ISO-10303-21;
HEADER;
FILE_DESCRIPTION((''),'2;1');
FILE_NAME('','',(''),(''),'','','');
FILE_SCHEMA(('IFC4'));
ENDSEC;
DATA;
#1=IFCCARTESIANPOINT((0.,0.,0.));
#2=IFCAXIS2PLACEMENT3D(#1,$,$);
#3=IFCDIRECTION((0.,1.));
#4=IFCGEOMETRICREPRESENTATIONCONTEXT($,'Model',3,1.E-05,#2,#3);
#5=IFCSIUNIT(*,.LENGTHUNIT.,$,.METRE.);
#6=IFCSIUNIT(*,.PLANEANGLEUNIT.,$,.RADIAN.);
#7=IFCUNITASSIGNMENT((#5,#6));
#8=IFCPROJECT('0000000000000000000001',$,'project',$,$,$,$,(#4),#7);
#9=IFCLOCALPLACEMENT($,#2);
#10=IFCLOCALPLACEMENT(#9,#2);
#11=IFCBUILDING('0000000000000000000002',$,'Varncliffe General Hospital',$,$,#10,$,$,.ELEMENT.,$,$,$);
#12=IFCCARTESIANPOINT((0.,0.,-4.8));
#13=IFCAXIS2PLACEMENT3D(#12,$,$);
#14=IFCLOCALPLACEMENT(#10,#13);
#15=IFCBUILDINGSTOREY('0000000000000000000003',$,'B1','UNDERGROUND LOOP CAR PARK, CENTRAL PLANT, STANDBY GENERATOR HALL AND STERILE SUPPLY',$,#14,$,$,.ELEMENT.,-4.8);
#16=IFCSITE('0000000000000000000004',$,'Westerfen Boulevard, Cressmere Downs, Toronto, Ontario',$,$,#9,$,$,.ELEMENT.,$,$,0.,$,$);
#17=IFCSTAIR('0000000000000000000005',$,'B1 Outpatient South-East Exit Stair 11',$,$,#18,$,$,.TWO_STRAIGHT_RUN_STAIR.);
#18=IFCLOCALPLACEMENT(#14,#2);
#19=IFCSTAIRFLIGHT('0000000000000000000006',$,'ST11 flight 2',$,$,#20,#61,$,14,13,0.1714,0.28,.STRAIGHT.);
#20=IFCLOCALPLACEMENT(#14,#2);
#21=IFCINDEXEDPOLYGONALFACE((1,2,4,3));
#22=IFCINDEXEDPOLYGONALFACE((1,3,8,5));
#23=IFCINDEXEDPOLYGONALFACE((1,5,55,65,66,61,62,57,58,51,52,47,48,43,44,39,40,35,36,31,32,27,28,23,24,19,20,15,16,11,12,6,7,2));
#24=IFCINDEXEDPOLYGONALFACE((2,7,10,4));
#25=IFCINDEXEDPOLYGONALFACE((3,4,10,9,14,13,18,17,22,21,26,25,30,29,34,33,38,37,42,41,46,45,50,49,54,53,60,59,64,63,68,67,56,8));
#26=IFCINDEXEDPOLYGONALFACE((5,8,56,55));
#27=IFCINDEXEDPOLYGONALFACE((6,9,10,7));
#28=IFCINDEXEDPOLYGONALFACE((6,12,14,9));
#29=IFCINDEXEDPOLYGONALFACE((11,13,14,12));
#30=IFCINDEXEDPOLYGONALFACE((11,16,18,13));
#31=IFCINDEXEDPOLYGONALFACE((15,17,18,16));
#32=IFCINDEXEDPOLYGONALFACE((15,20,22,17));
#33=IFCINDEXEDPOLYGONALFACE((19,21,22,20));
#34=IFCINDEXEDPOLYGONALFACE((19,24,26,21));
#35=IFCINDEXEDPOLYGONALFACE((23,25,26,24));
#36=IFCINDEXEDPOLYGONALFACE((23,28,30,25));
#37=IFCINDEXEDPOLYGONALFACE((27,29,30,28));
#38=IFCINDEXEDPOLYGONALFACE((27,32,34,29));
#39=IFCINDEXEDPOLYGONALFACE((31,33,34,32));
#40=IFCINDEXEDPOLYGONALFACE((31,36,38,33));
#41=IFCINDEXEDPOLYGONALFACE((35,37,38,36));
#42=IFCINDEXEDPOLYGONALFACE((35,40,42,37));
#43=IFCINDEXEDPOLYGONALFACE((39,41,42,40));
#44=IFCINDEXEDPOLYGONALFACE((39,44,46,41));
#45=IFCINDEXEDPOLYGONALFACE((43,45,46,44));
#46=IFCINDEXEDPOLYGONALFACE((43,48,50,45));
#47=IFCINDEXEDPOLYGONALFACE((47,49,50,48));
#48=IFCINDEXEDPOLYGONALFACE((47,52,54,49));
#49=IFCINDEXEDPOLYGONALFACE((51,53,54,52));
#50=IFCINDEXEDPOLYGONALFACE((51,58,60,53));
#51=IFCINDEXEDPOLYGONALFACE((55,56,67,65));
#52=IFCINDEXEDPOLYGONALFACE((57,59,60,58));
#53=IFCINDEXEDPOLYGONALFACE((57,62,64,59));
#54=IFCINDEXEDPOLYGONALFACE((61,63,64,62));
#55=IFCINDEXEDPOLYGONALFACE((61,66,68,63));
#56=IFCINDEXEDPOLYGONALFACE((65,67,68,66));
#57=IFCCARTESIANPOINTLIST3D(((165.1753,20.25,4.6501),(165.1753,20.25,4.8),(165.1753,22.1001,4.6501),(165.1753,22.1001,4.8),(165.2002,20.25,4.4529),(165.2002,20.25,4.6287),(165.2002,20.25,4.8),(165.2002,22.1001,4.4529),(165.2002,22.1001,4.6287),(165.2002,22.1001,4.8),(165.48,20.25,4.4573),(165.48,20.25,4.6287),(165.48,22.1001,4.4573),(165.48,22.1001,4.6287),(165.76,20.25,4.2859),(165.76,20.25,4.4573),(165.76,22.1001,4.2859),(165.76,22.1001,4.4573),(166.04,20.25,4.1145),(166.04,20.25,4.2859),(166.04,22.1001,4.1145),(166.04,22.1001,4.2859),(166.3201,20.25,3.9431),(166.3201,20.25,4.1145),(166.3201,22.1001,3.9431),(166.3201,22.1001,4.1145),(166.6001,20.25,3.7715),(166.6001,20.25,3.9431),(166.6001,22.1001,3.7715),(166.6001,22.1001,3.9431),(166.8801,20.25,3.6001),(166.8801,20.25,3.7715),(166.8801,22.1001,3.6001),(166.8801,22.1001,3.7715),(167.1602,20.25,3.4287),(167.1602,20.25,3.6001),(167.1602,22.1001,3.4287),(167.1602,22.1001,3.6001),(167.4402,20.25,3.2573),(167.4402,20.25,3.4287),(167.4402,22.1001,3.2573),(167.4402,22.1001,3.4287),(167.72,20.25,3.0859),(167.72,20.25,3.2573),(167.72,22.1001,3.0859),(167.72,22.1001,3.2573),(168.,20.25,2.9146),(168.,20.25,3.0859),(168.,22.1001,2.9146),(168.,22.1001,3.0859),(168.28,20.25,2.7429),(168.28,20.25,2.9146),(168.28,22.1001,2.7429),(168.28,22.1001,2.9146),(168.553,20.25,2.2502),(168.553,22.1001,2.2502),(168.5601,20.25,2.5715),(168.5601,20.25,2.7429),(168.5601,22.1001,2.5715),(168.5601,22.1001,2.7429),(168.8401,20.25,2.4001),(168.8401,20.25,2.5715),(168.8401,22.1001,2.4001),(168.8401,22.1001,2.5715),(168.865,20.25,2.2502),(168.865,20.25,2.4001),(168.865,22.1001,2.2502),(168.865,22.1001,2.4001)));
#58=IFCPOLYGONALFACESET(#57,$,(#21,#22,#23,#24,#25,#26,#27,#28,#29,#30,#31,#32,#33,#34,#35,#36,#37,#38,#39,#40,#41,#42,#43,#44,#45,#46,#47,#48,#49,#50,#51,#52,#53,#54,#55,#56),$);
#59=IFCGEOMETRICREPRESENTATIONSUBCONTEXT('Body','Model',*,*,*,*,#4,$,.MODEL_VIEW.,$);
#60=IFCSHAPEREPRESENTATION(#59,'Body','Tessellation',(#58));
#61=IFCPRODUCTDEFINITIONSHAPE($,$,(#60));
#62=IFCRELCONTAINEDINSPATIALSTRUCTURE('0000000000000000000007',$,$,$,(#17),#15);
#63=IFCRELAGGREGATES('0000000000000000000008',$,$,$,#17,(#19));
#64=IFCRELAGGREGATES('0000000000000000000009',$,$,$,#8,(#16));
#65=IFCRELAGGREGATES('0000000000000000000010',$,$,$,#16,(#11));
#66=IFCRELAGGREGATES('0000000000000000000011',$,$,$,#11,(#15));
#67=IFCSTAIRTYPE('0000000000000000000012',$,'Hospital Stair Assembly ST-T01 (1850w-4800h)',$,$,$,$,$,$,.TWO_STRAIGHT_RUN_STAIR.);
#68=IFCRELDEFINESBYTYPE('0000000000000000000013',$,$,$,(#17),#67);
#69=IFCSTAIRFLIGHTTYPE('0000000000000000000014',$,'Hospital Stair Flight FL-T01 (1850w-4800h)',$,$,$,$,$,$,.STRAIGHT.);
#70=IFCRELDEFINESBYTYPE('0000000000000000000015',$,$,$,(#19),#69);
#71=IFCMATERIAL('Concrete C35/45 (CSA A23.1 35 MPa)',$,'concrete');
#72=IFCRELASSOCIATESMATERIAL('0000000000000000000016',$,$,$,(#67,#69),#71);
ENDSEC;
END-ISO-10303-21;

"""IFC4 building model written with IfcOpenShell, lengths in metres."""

from ifc_helpers import new_model, si_unit, direction, frame, origin, place, context, subcontext, project, spatial, polyline, outline, extrude, material, type_object, element, aggregate, save


model = new_model("IFC4")

# Units and contexts
model_context = context("Model", 3, precision=1e-05, world=origin(), true_north=direction((0.0, 1.0)))
body_context = subcontext(model_context, "Body", "Model", "MODEL_VIEW")
ifc_project = project(units=[si_unit("LENGTHUNIT", "METRE"), si_unit("PLANEANGLEUNIT", "RADIAN")], contexts=[model_context])

# Site, building, storey
site_placement = place(None, origin())
site = spatial("IfcSite", under=ifc_project, at=site_placement, Name="Westerfen Boulevard, Cressmere Downs, Toronto, Ontario", CompositionType="ELEMENT", RefElevation=0.0)
building_placement = place(site_placement, origin())
building = spatial("IfcBuilding", under=site, at=building_placement, Name="Varncliffe General Hospital", CompositionType="ELEMENT")
storey_placement = place(building_placement, frame((0.0, 0.0, -4.8)))
storey = spatial("IfcBuildingStorey", under=building, at=storey_placement, Name="B1", Description="UNDERGROUND LOOP CAR PARK, CENTRAL PLANT, STANDBY GENERATOR HALL AND STERILE SUPPLY", CompositionType="ELEMENT", Elevation=-4.8)

# Shared definitions
ifc_material_1 = material(Name="Concrete C35/45 (CSA A23.1 35 MPa)", Category="concrete")

# Stair, stair flight
stair_type = type_object("IfcStairType", Name="Hospital Stair Assembly ST-T01 (1850w-4800h)", PredefinedType="TWO_STRAIGHT_RUN_STAIR", material=ifc_material_1)
stair_placement = place(storey_placement, origin())
stair = element("IfcStair", 1, at=stair_placement, inside=storey, type_object=stair_type, Name="B1 Outpatient South-East Exit Stair 11", PredefinedType="TWO_STRAIGHT_RUN_STAIR")
stair_flight_type = type_object("IfcStairFlightType", Name="Hospital Stair Flight FL-T01 (1850w-4800h)", PredefinedType="STRAIGHT", material=ifc_material_1)
stair_flight_1_placement = place(storey_placement, frame((168.8401, 21.175, 2.4001), z_axis=(0.0, 0.0, 1.0), x_axis=(-1.0, 0.0, 0.0)))
stair_flight_1 = element("IfcStairFlight", 2, at=stair_flight_1_placement, type_object=stair_flight_type, Name="ST11 flight 2", NumberOfRisers=14, NumberOfTreads=13, PredefinedType="STRAIGHT", RiserHeight=0.1714, TreadLength=0.28, context=body_context, shape_type="SweptSolid", body=[
    extrude(outline(polyline([(-0.0249, -0.1499), (-0.0249, 0.0), (0.0, 0.0), (0.0, 0.1714), (0.28, 0.1714), (0.28, 0.3428), (0.5601, 0.3428), (0.5601, 0.5144), (0.8401, 0.5144), (0.8401, 0.6858), (1.1201, 0.6858), (1.1201, 0.8572), (1.3999, 0.8572), (1.3999, 1.0286), (1.6799, 1.0286), (1.6799, 1.2), (1.96, 1.2), (1.96, 1.3713), (2.24, 1.3713), (2.24, 1.543), (2.52, 1.543), (2.52, 1.7144), (2.8, 1.7144), (2.8, 1.8857), (3.0801, 1.8857), (3.0801, 2.0571), (3.3601, 2.0571), (3.3601, 2.2285), (3.6399, 2.2285), (3.6399, 2.3999), (3.6648, 2.3999), (3.6648, 2.25), (3.6399, 2.0527), (0.2871, -0.1499), (-0.0249, -0.1499)])), frame((0.0, 0.925, 0.0), z_axis=(0.0, -1.0, 0.0), x_axis=(1.0, 0.0, 0.0)), (0.0, 0.0, 1.0), 1.8501),
])
aggregate(stair, [stair_flight_1])

save(model, "model.ifc")
